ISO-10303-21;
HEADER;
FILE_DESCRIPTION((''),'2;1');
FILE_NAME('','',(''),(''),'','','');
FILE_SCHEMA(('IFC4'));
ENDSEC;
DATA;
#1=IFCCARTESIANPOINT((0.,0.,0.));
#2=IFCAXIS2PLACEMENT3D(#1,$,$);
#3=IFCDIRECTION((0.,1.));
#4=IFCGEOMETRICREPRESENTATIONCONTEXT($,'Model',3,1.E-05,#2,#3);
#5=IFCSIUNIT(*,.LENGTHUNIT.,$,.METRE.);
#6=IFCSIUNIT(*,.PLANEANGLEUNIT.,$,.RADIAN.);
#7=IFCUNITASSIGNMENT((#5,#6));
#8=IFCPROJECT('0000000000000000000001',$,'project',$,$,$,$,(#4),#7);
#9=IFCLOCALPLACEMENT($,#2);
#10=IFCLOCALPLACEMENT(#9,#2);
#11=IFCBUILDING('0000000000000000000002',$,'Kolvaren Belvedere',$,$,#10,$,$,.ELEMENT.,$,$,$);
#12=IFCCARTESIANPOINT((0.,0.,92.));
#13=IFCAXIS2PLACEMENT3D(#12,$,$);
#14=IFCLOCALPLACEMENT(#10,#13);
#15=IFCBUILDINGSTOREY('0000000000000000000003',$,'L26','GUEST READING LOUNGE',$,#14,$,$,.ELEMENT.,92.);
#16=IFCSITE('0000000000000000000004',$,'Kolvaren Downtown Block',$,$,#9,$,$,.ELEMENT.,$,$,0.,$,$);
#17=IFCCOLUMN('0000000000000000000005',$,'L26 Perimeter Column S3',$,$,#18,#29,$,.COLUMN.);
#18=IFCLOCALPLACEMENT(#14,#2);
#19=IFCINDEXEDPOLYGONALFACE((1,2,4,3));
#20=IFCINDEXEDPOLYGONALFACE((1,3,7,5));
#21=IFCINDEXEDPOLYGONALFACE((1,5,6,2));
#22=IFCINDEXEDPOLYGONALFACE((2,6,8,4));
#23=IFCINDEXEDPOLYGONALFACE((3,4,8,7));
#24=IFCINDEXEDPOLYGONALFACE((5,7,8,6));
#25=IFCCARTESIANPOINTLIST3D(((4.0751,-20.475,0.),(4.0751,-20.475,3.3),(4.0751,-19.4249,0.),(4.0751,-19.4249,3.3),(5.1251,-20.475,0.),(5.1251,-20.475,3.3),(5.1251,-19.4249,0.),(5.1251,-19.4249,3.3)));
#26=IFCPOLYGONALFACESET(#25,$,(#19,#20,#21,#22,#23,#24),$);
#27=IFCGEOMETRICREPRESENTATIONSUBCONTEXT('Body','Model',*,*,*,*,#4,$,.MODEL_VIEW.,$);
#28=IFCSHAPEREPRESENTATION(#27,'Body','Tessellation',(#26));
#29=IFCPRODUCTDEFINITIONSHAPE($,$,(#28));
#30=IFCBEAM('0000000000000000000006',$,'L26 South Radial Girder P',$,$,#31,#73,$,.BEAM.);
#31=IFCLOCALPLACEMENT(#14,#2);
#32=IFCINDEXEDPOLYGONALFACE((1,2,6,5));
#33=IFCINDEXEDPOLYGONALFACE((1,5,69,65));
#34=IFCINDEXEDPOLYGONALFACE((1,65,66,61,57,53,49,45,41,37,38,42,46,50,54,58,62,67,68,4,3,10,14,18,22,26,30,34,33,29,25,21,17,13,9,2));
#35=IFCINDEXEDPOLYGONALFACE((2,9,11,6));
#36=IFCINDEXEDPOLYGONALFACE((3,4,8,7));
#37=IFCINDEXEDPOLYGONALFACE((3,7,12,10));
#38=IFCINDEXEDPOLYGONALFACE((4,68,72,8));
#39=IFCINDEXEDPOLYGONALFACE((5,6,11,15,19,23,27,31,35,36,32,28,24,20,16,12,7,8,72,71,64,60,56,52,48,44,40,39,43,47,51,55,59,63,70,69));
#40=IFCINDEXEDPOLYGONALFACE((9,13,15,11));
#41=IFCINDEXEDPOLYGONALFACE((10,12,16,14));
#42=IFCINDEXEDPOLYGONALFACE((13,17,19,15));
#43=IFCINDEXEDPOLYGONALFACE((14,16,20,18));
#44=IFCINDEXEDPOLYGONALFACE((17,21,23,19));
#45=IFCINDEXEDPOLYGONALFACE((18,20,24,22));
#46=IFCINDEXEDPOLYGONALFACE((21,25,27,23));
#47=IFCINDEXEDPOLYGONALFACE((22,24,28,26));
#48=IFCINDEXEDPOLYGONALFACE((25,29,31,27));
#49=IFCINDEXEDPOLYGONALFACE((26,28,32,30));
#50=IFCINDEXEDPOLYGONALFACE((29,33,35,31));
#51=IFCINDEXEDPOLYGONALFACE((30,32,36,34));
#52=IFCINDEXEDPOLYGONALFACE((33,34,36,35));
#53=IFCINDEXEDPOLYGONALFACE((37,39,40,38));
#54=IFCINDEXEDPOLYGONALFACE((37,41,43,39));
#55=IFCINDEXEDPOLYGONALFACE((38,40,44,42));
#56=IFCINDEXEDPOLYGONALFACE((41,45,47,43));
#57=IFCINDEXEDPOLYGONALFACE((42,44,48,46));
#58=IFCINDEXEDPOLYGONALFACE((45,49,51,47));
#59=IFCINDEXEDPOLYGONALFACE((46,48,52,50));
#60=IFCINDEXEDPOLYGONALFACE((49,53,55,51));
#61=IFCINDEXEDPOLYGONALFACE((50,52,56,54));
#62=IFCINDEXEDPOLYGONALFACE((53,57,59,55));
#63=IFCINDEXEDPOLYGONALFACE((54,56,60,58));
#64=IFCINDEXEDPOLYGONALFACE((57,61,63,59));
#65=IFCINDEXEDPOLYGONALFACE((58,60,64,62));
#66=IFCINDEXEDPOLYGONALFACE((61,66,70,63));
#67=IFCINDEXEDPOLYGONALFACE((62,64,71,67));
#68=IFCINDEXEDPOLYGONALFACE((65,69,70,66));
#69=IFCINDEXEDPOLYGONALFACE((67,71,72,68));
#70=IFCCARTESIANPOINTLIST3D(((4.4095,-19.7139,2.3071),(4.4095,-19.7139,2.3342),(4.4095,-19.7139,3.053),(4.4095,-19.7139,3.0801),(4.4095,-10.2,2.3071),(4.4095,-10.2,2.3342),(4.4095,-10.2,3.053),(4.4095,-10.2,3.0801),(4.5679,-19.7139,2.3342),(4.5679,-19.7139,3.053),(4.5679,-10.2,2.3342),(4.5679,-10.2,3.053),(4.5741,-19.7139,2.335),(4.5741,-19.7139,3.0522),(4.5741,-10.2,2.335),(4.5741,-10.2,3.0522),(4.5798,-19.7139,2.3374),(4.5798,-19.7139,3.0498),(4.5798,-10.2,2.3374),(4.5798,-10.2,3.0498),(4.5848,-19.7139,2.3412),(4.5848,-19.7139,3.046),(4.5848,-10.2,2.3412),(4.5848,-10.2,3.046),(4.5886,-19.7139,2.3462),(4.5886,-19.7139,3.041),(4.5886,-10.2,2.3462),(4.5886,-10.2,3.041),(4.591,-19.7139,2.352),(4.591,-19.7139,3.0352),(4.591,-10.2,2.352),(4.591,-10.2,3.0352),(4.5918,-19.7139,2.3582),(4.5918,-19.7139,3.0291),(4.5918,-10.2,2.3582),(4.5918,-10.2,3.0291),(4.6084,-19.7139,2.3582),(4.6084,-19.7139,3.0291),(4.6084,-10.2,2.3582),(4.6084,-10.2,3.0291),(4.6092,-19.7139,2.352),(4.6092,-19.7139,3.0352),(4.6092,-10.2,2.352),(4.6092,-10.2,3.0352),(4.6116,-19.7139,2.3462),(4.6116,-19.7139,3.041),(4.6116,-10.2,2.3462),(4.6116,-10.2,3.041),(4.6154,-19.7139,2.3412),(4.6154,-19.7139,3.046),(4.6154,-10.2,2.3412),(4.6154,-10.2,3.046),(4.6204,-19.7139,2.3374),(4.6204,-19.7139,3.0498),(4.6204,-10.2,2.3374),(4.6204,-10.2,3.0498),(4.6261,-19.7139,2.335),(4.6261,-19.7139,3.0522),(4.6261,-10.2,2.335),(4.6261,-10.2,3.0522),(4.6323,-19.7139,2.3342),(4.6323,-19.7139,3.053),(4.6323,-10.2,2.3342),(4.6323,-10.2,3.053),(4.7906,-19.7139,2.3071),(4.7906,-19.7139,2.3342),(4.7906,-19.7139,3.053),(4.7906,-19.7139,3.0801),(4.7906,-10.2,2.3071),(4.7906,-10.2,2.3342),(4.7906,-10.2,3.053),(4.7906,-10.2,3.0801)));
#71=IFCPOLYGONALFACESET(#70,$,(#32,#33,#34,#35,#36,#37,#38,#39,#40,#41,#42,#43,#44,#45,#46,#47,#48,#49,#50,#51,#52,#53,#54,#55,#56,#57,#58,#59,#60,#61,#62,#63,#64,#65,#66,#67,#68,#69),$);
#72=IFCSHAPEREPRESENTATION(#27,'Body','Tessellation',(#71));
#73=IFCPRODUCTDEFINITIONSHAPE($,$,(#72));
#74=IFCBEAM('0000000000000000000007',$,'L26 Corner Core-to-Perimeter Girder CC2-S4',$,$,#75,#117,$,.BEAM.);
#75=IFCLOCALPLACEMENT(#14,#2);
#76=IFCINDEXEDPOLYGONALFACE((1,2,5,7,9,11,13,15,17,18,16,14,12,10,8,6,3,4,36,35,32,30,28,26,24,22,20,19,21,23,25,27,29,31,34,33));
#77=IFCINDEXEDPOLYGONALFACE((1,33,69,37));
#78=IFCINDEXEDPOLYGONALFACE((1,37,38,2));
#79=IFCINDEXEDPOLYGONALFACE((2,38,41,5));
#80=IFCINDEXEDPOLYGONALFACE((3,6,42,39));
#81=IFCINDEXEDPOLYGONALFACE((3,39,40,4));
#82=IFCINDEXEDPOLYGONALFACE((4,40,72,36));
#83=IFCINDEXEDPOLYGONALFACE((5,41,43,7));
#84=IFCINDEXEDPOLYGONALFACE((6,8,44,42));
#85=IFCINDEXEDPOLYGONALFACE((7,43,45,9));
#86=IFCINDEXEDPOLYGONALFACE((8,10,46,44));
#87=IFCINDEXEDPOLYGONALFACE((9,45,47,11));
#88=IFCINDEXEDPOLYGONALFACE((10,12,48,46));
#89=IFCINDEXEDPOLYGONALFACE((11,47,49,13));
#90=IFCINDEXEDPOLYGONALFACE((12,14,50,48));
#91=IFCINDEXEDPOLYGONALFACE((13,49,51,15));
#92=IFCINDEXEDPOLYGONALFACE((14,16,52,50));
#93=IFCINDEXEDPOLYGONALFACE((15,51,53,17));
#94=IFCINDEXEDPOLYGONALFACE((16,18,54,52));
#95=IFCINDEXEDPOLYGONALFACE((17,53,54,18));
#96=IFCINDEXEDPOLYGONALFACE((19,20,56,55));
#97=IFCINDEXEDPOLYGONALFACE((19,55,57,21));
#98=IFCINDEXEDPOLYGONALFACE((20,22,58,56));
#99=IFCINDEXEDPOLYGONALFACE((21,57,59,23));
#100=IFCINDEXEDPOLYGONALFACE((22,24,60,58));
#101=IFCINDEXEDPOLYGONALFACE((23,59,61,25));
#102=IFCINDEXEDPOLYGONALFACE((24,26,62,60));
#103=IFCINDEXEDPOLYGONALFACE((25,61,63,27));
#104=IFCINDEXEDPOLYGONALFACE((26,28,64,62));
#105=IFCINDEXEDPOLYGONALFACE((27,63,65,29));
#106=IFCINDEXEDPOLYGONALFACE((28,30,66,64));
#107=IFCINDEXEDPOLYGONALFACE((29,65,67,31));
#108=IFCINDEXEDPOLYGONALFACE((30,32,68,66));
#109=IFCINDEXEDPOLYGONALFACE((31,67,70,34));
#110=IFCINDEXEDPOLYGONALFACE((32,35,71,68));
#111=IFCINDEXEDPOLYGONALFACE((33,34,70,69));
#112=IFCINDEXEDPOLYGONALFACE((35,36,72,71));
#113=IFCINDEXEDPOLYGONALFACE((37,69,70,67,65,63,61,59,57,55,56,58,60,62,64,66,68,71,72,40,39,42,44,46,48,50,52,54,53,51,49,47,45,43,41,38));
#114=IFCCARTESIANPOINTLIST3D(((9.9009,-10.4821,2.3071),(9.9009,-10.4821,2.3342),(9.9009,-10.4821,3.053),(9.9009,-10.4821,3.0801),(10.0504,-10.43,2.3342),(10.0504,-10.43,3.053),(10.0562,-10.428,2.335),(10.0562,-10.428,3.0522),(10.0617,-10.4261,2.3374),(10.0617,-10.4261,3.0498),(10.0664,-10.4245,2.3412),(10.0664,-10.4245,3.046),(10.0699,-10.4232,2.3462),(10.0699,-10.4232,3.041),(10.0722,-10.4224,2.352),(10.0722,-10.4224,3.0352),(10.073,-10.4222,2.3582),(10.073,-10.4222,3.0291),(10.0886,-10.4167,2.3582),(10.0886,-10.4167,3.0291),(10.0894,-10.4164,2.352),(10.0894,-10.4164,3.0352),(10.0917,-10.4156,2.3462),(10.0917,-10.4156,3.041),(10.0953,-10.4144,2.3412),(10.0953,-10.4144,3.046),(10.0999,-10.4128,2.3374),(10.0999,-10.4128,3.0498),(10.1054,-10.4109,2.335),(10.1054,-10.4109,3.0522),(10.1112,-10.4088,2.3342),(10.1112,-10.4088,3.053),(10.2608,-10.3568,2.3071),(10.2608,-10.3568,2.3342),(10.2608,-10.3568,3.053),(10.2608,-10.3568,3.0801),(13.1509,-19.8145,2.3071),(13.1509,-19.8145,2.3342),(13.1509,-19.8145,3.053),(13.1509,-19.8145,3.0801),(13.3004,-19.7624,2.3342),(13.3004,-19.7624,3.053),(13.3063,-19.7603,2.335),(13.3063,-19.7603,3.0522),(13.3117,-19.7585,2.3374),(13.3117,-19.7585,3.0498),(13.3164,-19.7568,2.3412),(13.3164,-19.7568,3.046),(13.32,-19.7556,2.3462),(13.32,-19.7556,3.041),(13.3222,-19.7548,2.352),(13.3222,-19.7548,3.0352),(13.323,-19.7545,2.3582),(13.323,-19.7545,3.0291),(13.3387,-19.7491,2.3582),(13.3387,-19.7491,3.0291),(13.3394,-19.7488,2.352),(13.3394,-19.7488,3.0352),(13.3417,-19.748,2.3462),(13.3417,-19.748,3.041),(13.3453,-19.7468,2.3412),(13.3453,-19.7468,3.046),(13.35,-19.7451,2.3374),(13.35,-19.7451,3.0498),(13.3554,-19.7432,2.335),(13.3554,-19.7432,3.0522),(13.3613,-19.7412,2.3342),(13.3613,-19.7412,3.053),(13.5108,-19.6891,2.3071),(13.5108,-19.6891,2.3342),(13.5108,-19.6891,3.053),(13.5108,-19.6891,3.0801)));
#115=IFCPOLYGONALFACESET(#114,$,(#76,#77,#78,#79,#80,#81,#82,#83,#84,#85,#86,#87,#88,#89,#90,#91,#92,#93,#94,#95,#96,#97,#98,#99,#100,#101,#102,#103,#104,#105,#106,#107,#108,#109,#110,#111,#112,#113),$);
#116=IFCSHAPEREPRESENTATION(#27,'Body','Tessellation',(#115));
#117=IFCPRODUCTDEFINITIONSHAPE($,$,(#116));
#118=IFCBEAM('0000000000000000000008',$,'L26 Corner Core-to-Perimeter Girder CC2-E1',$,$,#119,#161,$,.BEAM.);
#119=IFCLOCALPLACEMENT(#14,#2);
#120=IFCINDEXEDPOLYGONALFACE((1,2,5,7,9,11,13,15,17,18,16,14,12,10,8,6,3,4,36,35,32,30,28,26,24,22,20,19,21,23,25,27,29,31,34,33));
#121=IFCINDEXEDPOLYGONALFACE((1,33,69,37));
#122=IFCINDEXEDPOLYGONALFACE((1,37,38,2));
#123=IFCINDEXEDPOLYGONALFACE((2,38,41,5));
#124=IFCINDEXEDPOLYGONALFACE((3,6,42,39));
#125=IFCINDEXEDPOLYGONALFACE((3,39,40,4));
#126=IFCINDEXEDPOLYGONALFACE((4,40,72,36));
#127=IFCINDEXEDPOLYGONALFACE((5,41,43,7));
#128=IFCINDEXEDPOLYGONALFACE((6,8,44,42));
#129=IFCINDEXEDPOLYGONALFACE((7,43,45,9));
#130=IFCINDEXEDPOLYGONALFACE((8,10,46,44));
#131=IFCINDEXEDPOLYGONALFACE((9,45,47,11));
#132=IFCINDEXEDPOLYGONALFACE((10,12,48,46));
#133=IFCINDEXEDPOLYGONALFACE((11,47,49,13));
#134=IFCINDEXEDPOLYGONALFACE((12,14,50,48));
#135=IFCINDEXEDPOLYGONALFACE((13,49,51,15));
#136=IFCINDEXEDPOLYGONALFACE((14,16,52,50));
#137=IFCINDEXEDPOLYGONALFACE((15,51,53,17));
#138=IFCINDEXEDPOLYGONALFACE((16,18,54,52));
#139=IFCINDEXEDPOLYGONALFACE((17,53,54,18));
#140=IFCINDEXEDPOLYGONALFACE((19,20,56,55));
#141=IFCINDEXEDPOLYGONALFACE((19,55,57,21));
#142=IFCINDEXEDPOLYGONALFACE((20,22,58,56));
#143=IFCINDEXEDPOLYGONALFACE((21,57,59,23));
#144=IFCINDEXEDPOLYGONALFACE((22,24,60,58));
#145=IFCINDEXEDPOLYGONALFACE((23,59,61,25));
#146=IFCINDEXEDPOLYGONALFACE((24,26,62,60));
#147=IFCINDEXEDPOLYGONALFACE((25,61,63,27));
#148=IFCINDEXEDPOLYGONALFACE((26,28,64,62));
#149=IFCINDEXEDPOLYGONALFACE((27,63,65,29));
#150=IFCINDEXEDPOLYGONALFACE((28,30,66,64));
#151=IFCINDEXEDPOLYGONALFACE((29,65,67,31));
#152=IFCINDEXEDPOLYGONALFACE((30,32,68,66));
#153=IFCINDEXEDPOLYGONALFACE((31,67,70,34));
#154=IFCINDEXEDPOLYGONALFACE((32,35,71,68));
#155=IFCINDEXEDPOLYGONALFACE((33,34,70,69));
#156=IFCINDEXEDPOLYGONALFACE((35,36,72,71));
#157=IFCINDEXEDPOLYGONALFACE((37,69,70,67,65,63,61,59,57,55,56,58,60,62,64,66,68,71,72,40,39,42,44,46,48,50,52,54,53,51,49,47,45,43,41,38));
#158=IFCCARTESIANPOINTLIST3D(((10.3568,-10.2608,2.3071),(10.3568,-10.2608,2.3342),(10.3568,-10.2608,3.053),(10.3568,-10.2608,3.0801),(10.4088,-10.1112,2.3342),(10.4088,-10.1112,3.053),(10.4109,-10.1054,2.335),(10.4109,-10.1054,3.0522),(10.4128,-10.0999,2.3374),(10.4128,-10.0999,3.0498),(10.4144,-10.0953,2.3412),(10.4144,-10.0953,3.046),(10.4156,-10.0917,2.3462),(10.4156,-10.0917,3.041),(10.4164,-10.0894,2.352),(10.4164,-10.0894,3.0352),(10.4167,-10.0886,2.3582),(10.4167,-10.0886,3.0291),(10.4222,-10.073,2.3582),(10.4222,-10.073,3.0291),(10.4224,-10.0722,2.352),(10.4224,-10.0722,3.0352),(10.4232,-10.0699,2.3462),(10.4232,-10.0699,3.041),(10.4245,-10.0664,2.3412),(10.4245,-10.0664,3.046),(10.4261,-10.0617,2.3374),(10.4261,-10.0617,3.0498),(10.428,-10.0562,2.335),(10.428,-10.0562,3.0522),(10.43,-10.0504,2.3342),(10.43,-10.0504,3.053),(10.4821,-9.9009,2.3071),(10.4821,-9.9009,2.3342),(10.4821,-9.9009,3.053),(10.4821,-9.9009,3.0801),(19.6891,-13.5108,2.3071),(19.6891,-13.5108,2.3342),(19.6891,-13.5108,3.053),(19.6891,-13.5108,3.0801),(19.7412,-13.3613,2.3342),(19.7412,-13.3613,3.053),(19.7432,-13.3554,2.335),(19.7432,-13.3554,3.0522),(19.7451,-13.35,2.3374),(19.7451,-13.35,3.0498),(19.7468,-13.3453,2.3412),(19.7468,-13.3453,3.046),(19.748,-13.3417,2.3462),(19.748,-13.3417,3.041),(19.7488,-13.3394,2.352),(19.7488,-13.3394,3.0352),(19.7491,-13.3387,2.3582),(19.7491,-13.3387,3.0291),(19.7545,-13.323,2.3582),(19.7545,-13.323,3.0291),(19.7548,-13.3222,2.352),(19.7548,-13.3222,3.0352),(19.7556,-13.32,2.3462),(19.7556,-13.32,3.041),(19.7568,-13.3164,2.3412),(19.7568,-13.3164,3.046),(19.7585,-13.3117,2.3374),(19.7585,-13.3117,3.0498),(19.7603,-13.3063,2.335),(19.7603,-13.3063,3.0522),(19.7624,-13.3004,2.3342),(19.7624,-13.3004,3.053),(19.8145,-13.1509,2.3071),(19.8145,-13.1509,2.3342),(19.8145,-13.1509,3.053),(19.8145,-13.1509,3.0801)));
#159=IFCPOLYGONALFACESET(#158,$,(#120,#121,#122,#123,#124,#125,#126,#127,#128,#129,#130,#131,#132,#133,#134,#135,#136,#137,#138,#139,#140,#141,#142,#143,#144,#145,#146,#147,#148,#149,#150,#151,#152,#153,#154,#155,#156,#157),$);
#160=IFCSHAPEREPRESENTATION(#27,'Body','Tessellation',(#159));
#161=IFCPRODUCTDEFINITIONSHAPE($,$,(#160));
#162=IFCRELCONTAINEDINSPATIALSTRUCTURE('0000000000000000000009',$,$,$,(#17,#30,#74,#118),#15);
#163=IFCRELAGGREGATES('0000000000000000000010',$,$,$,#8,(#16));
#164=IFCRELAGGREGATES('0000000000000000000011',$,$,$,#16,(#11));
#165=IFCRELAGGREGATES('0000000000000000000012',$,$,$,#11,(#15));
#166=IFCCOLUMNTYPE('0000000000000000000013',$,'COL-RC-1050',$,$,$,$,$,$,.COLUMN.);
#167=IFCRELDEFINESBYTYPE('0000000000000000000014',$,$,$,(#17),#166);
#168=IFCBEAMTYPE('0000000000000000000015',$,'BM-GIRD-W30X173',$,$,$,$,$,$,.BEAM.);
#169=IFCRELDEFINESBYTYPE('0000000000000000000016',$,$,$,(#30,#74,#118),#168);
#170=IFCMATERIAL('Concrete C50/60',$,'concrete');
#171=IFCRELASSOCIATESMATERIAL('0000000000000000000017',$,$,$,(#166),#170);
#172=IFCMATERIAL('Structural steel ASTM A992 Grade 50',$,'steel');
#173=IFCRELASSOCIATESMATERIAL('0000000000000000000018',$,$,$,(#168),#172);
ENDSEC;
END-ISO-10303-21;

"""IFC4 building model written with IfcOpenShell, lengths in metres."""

from ifc_helpers import new_model, si_unit, direction, frame, origin, origin_2d, place, context, subcontext, project, spatial, rectangle, i_section, extrude, material, material_profile, profile_set, type_object, element, save


model = new_model("IFC4")

# Units and contexts
model_context = context("Model", 3, precision=1e-05, world=origin(), true_north=direction((0.0, 1.0)))
body_context = subcontext(model_context, "Body", "Model", "MODEL_VIEW")
ifc_project = project(units=[si_unit("LENGTHUNIT", "METRE"), si_unit("PLANEANGLEUNIT", "RADIAN")], contexts=[model_context])

# Site, building, storey
site_placement = place(None, origin())
site = spatial("IfcSite", under=ifc_project, at=site_placement, Name="Kolvaren Downtown Block", CompositionType="ELEMENT", RefElevation=0.0)
building_placement = place(site_placement, origin())
building = spatial("IfcBuilding", under=site, at=building_placement, Name="Kolvaren Belvedere", CompositionType="ELEMENT")
storey_placement = place(building_placement, frame((0.0, 0.0, 92.0)))
storey = spatial("IfcBuildingStorey", under=building, at=storey_placement, Name="L26", Description="GUEST READING LOUNGE", CompositionType="ELEMENT", Elevation=92.0)

# Column
ifc_material_1 = material(Name="Concrete C50/60", Category="concrete")
ifc_material_profile_1 = material_profile(ifc_material_1, rectangle(XDim=1.05, YDim=1.05, at=origin_2d()), Name="RC 1050X1050")
ifc_profile_set_1 = profile_set([ifc_material_profile_1], Name="Concrete C50/60")
column_type = type_object("IfcColumnType", Name="COL-RC-1050", PredefinedType="COLUMN", material=ifc_profile_set_1)
column_placement = place(storey_placement, frame((4.6001, -19.95, 0.0), z_axis=(0.0, 0.0, 1.0), x_axis=(1.0, 0.0, 0.0)))
element("IfcColumn", 1, at=column_placement, inside=storey, type_object=column_type, Name="L26 Perimeter Column S3", PredefinedType="COLUMN", context=body_context, shape_type="SweptSolid", body=[
    extrude(rectangle(XDim=1.05, YDim=1.05, at=origin_2d()), origin(), (0.0, 0.0, 1.0), 3.3),
])

# Beams
ifc_material_2 = material(Name="Structural steel ASTM A992 Grade 50", Category="steel")
ifc_material_profile_2 = material_profile(ifc_material_2, i_section(OverallWidth=0.3811, OverallDepth=0.7729, WebThickness=0.0166, FlangeThickness=0.0271, FilletRadius=0.0239, at=origin_2d()), Name="W30X173")
ifc_profile_set_2 = profile_set([ifc_material_profile_2], Name="Structural steel ASTM A992 Grade 50")
beam_type_1 = type_object("IfcBeamType", Name="BM-GIRD-W30X173", PredefinedType="BEAM", material=ifc_profile_set_2)
beam_1_placement = place(storey_placement, frame((4.6001, -10.2, 2.6936), z_axis=(0.0, -1.0, 0.0), x_axis=(1.0, 0.0, 0.0)))
element("IfcBeam", 2, at=beam_1_placement, inside=storey, type_object=beam_type_1, Name="L26 South Radial Girder P", PredefinedType="BEAM", context=body_context, shape_type="SweptSolid", body=[
    extrude(i_section(OverallWidth=0.3811, OverallDepth=0.7729, WebThickness=0.0166, FlangeThickness=0.0271, FilletRadius=0.0239, at=origin_2d()), origin(), (0.0, 0.0, 1.0), 9.5139),
])
for number, where, z_axis, x_axis, name in (
    (3, (10.0808, -10.4194, 2.6936), (0.328881, -0.944371, 0.0), (0.944371, 0.328881, 0.0), "L26 Corner Core-to-Perimeter Girder CC2-S4"),
    (4, (10.4194, -10.0808, 2.6936), (0.944371, -0.328881, 0.0), (0.328881, 0.944371, 0.0), "L26 Corner Core-to-Perimeter Girder CC2-E1"),
):
    element("IfcBeam", number, at=place(storey_placement, frame(where, z_axis=z_axis, x_axis=x_axis)), inside=storey, type_object=beam_type_1, Name=name, PredefinedType="BEAM", context=body_context, shape_type="SweptSolid", body=[
        extrude(i_section(OverallWidth=0.3811, OverallDepth=0.7729, WebThickness=0.0166, FlangeThickness=0.0271, FilletRadius=0.0239, at=origin_2d()), origin(), (0.0, 0.0, 1.0), 9.8821),
    ])

save(model, "model.ifc")
